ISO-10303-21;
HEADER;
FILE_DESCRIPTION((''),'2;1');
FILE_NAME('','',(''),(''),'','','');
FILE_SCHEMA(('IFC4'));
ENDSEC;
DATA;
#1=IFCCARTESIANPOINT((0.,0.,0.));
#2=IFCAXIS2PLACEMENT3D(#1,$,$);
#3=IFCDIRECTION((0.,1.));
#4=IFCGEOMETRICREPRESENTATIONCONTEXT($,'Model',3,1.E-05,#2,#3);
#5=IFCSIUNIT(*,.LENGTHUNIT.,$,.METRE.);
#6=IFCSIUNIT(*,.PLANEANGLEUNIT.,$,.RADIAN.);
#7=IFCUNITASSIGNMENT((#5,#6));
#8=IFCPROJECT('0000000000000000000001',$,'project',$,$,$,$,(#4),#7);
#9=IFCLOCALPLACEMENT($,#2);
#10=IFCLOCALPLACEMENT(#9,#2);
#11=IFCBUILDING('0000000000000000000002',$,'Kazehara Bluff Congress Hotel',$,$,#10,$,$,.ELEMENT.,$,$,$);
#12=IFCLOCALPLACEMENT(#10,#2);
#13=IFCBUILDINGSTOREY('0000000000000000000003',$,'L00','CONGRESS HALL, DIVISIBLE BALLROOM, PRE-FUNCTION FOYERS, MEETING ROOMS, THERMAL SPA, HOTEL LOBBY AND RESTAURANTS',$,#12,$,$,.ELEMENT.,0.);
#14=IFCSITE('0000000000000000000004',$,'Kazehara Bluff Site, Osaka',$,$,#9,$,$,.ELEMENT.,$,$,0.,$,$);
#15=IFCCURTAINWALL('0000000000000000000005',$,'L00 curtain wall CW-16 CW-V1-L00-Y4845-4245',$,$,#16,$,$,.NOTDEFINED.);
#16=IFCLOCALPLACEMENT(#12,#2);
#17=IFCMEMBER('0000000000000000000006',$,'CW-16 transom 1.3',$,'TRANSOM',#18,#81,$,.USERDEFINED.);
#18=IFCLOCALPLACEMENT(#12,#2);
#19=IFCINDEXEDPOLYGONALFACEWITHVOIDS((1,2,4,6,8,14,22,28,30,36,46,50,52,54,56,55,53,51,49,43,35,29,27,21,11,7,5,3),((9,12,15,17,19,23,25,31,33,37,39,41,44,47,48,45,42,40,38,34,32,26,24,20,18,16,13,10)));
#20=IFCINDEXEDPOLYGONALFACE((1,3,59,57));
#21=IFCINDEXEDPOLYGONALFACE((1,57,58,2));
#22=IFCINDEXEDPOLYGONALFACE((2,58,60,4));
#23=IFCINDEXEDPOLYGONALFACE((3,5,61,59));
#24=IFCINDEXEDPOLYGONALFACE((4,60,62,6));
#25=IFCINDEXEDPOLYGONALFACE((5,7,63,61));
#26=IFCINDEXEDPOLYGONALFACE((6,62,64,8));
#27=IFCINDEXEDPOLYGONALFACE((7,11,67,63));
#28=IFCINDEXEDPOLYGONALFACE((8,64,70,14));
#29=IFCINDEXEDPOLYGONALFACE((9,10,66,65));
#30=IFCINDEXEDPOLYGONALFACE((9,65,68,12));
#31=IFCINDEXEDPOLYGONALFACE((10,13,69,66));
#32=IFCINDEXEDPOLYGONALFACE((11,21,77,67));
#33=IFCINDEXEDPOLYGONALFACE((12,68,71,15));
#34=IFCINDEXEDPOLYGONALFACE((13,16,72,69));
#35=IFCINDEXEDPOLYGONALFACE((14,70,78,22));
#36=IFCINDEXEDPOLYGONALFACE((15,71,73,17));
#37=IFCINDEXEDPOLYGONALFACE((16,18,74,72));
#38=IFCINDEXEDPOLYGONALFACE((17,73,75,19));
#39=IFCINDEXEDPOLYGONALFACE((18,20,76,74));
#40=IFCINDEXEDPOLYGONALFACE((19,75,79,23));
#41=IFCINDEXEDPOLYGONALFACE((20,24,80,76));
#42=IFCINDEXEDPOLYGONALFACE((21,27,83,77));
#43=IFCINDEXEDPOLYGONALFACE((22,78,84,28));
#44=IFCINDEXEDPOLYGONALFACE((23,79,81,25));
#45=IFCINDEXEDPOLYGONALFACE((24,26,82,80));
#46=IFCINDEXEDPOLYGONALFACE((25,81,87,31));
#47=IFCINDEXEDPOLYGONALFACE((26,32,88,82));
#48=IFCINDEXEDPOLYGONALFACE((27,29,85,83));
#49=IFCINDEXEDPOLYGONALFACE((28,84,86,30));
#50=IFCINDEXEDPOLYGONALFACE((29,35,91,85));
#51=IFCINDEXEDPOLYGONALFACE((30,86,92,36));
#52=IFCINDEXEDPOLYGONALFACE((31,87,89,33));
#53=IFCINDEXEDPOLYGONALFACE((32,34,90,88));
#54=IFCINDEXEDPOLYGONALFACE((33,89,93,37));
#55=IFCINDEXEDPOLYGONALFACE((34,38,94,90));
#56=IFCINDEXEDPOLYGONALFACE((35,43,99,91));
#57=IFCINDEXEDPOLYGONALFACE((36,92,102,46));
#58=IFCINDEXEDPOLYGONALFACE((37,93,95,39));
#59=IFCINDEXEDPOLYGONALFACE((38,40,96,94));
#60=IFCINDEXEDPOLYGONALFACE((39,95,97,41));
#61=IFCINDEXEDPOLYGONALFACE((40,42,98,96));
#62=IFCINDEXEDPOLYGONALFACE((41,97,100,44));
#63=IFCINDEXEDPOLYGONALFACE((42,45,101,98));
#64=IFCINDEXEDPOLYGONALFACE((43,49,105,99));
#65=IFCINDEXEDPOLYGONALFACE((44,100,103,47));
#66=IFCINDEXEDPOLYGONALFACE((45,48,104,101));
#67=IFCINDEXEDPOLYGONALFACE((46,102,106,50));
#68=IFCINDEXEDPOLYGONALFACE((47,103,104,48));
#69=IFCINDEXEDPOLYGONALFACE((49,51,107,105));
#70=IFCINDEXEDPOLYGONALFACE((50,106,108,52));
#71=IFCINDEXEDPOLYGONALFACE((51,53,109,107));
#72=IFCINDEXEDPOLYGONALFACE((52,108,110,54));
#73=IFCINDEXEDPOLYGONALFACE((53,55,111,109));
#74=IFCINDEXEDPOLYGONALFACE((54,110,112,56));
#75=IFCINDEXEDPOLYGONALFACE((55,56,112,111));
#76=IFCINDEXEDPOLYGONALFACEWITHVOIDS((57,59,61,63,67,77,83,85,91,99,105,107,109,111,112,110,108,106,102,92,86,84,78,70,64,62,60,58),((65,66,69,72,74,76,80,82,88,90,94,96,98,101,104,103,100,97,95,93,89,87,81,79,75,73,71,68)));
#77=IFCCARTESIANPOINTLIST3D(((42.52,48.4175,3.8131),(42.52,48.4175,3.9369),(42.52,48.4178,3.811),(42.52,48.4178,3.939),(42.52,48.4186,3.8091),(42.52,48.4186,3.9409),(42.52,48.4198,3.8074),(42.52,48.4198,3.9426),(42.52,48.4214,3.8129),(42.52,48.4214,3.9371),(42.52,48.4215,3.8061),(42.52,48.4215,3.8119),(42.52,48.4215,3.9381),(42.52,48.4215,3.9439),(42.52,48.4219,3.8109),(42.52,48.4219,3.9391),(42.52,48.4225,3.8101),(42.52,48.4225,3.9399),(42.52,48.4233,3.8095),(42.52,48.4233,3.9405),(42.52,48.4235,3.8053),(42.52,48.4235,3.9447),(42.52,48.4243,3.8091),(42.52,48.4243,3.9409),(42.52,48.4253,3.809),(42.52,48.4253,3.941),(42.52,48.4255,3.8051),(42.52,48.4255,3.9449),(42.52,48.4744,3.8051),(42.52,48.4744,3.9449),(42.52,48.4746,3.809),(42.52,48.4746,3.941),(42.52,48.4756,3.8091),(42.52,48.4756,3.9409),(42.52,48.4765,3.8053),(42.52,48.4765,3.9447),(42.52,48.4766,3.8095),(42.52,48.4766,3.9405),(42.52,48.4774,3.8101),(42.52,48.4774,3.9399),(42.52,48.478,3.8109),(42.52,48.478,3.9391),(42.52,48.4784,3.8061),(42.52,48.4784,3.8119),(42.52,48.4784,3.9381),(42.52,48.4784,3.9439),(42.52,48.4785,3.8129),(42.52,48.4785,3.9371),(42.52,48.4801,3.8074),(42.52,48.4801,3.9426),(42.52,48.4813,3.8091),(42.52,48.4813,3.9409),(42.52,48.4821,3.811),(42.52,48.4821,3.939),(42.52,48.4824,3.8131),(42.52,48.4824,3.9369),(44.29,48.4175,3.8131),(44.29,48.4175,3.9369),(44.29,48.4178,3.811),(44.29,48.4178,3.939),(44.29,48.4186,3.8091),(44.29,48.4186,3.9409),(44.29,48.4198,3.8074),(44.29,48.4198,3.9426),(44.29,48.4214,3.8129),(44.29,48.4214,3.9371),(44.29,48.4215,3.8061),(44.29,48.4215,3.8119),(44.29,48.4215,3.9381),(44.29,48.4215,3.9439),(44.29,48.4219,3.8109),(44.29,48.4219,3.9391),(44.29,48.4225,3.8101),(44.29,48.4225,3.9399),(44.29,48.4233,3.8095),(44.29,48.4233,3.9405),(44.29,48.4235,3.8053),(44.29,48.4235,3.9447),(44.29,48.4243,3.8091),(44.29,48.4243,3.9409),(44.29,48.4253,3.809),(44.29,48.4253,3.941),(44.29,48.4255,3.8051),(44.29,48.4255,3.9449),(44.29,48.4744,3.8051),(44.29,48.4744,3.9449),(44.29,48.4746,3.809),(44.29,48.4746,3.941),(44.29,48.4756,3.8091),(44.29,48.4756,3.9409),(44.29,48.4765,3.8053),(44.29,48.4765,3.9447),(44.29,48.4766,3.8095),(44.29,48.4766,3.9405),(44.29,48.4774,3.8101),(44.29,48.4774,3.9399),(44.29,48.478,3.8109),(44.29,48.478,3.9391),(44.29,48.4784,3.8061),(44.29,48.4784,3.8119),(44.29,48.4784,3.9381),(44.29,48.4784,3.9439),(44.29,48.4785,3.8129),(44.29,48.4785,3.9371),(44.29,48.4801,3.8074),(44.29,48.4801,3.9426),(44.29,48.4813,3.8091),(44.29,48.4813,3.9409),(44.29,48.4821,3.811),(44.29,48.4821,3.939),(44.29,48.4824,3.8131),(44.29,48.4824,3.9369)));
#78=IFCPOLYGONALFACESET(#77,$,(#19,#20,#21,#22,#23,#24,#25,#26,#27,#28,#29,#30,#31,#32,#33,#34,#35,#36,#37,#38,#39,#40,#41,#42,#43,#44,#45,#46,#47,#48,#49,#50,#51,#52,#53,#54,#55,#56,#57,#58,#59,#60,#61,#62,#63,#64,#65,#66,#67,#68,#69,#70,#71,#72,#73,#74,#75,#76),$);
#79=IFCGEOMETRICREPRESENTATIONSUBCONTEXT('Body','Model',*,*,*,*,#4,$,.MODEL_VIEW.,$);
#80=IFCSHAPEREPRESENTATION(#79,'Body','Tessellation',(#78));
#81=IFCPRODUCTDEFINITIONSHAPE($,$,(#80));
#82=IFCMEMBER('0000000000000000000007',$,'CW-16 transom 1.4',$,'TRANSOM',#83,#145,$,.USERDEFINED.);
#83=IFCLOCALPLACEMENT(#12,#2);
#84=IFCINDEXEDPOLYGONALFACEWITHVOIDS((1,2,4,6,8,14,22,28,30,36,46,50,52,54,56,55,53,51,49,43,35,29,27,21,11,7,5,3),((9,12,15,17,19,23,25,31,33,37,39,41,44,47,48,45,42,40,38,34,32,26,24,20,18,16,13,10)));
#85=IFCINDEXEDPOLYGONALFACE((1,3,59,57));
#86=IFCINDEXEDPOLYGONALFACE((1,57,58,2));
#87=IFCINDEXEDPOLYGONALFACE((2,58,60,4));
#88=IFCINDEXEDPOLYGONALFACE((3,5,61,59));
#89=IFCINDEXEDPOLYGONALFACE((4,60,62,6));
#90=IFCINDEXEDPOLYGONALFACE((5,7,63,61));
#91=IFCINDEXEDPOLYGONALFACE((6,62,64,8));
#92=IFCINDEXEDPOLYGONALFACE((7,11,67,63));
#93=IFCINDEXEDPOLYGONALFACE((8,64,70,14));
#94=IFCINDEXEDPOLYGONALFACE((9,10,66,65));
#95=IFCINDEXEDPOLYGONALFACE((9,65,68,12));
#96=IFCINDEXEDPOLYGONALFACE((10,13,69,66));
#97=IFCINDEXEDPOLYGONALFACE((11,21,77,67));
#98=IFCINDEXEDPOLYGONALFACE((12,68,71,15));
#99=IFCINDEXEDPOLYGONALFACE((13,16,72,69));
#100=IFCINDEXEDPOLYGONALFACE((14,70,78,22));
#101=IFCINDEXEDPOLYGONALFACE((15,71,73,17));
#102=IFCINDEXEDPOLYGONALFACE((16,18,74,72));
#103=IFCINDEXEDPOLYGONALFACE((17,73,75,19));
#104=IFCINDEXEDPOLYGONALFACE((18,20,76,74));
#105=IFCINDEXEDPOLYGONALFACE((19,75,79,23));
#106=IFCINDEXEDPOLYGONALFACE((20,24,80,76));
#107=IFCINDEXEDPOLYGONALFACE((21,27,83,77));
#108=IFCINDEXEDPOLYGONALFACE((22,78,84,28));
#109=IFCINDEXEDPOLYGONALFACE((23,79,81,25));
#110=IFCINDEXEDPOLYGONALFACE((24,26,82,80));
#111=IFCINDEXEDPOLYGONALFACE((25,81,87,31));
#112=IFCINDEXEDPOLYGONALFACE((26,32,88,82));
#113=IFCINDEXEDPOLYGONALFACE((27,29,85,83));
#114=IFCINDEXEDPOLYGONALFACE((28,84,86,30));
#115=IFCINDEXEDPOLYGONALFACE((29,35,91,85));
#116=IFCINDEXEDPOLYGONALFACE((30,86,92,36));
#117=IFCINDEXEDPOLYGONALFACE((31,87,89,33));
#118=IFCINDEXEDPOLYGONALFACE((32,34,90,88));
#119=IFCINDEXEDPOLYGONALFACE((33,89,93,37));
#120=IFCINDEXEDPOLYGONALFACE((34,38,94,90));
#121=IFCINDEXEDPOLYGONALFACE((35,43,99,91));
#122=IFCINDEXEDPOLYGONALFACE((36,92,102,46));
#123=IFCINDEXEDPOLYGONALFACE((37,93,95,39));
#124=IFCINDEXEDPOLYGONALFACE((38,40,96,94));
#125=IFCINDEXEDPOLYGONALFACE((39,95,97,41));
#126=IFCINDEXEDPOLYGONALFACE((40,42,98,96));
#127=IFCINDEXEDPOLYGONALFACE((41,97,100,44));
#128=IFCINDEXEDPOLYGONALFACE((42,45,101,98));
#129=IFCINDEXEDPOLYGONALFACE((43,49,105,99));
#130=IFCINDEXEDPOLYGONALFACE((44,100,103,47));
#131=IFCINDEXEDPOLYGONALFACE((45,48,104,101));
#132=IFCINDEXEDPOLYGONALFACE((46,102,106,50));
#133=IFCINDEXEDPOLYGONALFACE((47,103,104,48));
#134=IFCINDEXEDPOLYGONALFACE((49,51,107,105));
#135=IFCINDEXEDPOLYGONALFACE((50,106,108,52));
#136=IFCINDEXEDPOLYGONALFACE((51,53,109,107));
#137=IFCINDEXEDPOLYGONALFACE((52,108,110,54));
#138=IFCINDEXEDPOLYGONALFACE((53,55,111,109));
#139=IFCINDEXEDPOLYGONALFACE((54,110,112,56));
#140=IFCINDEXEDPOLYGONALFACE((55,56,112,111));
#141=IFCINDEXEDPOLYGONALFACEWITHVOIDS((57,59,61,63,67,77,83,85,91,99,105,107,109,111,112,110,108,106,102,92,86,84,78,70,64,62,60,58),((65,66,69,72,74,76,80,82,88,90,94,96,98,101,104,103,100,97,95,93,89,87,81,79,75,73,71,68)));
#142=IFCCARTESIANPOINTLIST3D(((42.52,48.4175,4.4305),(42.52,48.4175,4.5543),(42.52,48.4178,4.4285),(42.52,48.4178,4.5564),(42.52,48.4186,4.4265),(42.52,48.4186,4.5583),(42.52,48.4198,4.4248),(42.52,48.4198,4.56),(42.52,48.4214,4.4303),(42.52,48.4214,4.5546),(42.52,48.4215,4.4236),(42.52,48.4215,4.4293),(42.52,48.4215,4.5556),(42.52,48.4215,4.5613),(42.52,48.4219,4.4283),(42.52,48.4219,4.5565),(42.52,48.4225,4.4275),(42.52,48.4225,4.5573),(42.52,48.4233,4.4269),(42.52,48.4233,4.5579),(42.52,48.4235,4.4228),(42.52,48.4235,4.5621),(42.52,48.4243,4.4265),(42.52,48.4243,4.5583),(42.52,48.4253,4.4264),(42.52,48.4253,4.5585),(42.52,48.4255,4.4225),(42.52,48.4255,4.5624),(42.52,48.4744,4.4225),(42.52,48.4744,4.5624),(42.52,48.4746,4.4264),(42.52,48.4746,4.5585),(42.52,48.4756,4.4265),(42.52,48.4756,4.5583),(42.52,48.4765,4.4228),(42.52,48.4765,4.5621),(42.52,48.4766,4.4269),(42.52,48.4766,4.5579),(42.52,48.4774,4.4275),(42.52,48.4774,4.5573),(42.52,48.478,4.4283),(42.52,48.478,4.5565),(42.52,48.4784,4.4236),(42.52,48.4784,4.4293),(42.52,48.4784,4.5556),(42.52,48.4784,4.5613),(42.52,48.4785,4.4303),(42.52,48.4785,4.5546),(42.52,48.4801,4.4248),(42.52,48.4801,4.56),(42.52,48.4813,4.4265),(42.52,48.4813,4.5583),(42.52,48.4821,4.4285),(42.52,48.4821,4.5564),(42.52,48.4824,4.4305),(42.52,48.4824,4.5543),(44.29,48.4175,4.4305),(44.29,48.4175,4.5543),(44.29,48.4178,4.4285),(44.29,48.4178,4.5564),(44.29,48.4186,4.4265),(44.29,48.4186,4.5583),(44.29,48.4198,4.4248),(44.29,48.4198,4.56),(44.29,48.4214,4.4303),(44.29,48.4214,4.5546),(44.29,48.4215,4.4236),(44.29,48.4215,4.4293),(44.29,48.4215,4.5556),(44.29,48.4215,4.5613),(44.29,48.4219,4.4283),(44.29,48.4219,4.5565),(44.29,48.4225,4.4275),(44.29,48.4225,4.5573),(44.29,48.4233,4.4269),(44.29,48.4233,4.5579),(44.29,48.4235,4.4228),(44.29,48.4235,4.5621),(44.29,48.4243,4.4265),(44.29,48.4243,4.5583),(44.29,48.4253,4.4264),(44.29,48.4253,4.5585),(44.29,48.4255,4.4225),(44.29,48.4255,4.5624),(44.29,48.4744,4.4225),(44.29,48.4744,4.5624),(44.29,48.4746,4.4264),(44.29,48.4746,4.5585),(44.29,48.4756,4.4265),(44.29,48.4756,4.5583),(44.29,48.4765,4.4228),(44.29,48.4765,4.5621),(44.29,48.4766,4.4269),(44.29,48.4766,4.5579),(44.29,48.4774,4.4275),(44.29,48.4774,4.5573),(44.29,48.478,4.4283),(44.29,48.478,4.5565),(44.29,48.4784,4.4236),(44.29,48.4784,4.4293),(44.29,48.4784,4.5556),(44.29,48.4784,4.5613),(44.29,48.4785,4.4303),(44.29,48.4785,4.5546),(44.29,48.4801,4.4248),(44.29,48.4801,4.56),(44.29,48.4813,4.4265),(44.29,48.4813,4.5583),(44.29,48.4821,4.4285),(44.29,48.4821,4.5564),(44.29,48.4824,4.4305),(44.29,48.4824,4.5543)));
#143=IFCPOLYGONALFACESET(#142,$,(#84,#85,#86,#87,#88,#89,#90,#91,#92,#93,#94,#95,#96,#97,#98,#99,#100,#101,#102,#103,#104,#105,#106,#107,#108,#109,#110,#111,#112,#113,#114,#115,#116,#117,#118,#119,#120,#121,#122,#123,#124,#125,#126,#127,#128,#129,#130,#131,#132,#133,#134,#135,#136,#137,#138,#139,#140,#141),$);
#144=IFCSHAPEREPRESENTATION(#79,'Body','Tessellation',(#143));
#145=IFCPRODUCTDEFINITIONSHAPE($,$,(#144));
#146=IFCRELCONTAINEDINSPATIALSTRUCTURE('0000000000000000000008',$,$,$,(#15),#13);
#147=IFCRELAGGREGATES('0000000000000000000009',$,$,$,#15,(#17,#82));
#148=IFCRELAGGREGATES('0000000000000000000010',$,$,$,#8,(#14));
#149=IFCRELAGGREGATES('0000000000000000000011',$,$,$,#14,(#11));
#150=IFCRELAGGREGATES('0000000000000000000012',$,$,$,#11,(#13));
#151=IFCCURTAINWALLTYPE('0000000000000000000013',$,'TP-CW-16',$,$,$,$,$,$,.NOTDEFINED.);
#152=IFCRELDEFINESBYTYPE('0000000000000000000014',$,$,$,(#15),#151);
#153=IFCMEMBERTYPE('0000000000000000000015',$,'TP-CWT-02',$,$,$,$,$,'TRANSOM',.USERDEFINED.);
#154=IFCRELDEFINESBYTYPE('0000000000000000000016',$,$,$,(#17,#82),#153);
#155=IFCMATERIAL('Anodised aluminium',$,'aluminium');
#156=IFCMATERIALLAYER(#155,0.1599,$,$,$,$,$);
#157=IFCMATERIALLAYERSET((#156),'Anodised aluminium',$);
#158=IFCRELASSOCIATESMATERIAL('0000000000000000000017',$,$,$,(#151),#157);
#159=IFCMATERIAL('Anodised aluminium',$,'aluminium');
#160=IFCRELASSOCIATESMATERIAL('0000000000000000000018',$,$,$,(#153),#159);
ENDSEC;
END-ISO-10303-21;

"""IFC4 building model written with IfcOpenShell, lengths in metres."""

from ifc_helpers import new_model, si_unit, direction, frame, origin, origin_2d, place, context, subcontext, project, spatial, hollow_rectangle, extrude, material, layer, layer_set, material_profile, profile_set, type_object, element, aggregate, save


model = new_model("IFC4")

# Units and contexts
model_context = context("Model", 3, precision=1e-05, world=origin(), true_north=direction((0.0, 1.0)))
body_context = subcontext(model_context, "Body", "Model", "MODEL_VIEW")
ifc_project = project(units=[si_unit("LENGTHUNIT", "METRE"), si_unit("PLANEANGLEUNIT", "RADIAN")], contexts=[model_context])

# Site, building, storey
site_placement = place(None, origin())
site = spatial("IfcSite", under=ifc_project, at=site_placement, Name="Kazehara Bluff Site, Osaka", CompositionType="ELEMENT", RefElevation=0.0)
building_placement = place(site_placement, origin())
building = spatial("IfcBuilding", under=site, at=building_placement, Name="Kazehara Bluff Congress Hotel", CompositionType="ELEMENT")
storey_placement = place(building_placement, origin())
storey = spatial("IfcBuildingStorey", under=building, at=storey_placement, Name="L00", Description="CONGRESS HALL, DIVISIBLE BALLROOM, PRE-FUNCTION FOYERS, MEETING ROOMS, THERMAL SPA, HOTEL LOBBY AND RESTAURANTS", CompositionType="ELEMENT", Elevation=0.0)

# Shared definitions
ifc_material_1 = material(Name="Anodised aluminium", Category="aluminium")
ifc_layer_1 = layer(ifc_material_1, 0.1599)
ifc_layer_set_1 = layer_set([ifc_layer_1], Name="Anodised aluminium")
curtain_wall_type = type_object("IfcCurtainWallType", Name="TP-CW-16", PredefinedType="NOTDEFINED", material=ifc_layer_set_1)

# Curtain wall
curtain_wall_1_placement = place(storey_placement, origin())
curtain_wall_1 = element("IfcCurtainWall", 1, at=curtain_wall_1_placement, inside=storey, type_object=curtain_wall_type, Name="L00 curtain wall CW-16 CW-V1-L00-Y4845-4245", PredefinedType="NOTDEFINED")

# Members
ifc_material_2 = material(Name="Anodised aluminium", Category="aluminium")
ifc_material_profile_1 = material_profile(ifc_material_2, hollow_rectangle(XDim=0.0649, YDim=0.1399, WallThickness=0.0039, InnerFilletRadius=0.0039, OuterFilletRadius=0.0081, at=origin_2d()))
ifc_profile_set_1 = profile_set([ifc_material_profile_1], Name="Anodised aluminium")
member_type_1 = type_object("IfcMemberType", Name="TP-CWT-02", ElementType="TRANSOM", PredefinedType="USERDEFINED", material=ifc_profile_set_1)
member_1_placement = place(storey_placement, frame((42.52, 48.45, 3.875), z_axis=(1.0, 0.0, 0.0), x_axis=(0.0, 1.0, 0.0)))
member_1 = element("IfcMember", 2, at=member_1_placement, type_object=member_type_1, Name="CW-16 transom 1.3", ObjectType="TRANSOM", PredefinedType="USERDEFINED", context=body_context, shape_type="SweptSolid", body=[
    extrude(hollow_rectangle(XDim=0.0649, YDim=0.1399, WallThickness=0.0039, InnerFilletRadius=0.0039, OuterFilletRadius=0.0081, at=origin_2d()), origin(), (0.0, 0.0, 1.0), 1.77),
])
member_2_placement = place(storey_placement, frame((42.52, 48.45, 4.4924), z_axis=(1.0, 0.0, 0.0), x_axis=(0.0, 1.0, 0.0)))
member_2 = element("IfcMember", 3, at=member_2_placement, type_object=member_type_1, Name="CW-16 transom 1.4", ObjectType="TRANSOM", PredefinedType="USERDEFINED", context=body_context, shape_type="SweptSolid", body=[
    extrude(hollow_rectangle(XDim=0.0649, YDim=0.1399, WallThickness=0.0039, InnerFilletRadius=0.0039, OuterFilletRadius=0.0081, at=origin_2d()), origin(), (0.0, 0.0, 1.0), 1.77),
])

aggregate(curtain_wall_1, [member_1, member_2])

save(model, "model.ifc")
